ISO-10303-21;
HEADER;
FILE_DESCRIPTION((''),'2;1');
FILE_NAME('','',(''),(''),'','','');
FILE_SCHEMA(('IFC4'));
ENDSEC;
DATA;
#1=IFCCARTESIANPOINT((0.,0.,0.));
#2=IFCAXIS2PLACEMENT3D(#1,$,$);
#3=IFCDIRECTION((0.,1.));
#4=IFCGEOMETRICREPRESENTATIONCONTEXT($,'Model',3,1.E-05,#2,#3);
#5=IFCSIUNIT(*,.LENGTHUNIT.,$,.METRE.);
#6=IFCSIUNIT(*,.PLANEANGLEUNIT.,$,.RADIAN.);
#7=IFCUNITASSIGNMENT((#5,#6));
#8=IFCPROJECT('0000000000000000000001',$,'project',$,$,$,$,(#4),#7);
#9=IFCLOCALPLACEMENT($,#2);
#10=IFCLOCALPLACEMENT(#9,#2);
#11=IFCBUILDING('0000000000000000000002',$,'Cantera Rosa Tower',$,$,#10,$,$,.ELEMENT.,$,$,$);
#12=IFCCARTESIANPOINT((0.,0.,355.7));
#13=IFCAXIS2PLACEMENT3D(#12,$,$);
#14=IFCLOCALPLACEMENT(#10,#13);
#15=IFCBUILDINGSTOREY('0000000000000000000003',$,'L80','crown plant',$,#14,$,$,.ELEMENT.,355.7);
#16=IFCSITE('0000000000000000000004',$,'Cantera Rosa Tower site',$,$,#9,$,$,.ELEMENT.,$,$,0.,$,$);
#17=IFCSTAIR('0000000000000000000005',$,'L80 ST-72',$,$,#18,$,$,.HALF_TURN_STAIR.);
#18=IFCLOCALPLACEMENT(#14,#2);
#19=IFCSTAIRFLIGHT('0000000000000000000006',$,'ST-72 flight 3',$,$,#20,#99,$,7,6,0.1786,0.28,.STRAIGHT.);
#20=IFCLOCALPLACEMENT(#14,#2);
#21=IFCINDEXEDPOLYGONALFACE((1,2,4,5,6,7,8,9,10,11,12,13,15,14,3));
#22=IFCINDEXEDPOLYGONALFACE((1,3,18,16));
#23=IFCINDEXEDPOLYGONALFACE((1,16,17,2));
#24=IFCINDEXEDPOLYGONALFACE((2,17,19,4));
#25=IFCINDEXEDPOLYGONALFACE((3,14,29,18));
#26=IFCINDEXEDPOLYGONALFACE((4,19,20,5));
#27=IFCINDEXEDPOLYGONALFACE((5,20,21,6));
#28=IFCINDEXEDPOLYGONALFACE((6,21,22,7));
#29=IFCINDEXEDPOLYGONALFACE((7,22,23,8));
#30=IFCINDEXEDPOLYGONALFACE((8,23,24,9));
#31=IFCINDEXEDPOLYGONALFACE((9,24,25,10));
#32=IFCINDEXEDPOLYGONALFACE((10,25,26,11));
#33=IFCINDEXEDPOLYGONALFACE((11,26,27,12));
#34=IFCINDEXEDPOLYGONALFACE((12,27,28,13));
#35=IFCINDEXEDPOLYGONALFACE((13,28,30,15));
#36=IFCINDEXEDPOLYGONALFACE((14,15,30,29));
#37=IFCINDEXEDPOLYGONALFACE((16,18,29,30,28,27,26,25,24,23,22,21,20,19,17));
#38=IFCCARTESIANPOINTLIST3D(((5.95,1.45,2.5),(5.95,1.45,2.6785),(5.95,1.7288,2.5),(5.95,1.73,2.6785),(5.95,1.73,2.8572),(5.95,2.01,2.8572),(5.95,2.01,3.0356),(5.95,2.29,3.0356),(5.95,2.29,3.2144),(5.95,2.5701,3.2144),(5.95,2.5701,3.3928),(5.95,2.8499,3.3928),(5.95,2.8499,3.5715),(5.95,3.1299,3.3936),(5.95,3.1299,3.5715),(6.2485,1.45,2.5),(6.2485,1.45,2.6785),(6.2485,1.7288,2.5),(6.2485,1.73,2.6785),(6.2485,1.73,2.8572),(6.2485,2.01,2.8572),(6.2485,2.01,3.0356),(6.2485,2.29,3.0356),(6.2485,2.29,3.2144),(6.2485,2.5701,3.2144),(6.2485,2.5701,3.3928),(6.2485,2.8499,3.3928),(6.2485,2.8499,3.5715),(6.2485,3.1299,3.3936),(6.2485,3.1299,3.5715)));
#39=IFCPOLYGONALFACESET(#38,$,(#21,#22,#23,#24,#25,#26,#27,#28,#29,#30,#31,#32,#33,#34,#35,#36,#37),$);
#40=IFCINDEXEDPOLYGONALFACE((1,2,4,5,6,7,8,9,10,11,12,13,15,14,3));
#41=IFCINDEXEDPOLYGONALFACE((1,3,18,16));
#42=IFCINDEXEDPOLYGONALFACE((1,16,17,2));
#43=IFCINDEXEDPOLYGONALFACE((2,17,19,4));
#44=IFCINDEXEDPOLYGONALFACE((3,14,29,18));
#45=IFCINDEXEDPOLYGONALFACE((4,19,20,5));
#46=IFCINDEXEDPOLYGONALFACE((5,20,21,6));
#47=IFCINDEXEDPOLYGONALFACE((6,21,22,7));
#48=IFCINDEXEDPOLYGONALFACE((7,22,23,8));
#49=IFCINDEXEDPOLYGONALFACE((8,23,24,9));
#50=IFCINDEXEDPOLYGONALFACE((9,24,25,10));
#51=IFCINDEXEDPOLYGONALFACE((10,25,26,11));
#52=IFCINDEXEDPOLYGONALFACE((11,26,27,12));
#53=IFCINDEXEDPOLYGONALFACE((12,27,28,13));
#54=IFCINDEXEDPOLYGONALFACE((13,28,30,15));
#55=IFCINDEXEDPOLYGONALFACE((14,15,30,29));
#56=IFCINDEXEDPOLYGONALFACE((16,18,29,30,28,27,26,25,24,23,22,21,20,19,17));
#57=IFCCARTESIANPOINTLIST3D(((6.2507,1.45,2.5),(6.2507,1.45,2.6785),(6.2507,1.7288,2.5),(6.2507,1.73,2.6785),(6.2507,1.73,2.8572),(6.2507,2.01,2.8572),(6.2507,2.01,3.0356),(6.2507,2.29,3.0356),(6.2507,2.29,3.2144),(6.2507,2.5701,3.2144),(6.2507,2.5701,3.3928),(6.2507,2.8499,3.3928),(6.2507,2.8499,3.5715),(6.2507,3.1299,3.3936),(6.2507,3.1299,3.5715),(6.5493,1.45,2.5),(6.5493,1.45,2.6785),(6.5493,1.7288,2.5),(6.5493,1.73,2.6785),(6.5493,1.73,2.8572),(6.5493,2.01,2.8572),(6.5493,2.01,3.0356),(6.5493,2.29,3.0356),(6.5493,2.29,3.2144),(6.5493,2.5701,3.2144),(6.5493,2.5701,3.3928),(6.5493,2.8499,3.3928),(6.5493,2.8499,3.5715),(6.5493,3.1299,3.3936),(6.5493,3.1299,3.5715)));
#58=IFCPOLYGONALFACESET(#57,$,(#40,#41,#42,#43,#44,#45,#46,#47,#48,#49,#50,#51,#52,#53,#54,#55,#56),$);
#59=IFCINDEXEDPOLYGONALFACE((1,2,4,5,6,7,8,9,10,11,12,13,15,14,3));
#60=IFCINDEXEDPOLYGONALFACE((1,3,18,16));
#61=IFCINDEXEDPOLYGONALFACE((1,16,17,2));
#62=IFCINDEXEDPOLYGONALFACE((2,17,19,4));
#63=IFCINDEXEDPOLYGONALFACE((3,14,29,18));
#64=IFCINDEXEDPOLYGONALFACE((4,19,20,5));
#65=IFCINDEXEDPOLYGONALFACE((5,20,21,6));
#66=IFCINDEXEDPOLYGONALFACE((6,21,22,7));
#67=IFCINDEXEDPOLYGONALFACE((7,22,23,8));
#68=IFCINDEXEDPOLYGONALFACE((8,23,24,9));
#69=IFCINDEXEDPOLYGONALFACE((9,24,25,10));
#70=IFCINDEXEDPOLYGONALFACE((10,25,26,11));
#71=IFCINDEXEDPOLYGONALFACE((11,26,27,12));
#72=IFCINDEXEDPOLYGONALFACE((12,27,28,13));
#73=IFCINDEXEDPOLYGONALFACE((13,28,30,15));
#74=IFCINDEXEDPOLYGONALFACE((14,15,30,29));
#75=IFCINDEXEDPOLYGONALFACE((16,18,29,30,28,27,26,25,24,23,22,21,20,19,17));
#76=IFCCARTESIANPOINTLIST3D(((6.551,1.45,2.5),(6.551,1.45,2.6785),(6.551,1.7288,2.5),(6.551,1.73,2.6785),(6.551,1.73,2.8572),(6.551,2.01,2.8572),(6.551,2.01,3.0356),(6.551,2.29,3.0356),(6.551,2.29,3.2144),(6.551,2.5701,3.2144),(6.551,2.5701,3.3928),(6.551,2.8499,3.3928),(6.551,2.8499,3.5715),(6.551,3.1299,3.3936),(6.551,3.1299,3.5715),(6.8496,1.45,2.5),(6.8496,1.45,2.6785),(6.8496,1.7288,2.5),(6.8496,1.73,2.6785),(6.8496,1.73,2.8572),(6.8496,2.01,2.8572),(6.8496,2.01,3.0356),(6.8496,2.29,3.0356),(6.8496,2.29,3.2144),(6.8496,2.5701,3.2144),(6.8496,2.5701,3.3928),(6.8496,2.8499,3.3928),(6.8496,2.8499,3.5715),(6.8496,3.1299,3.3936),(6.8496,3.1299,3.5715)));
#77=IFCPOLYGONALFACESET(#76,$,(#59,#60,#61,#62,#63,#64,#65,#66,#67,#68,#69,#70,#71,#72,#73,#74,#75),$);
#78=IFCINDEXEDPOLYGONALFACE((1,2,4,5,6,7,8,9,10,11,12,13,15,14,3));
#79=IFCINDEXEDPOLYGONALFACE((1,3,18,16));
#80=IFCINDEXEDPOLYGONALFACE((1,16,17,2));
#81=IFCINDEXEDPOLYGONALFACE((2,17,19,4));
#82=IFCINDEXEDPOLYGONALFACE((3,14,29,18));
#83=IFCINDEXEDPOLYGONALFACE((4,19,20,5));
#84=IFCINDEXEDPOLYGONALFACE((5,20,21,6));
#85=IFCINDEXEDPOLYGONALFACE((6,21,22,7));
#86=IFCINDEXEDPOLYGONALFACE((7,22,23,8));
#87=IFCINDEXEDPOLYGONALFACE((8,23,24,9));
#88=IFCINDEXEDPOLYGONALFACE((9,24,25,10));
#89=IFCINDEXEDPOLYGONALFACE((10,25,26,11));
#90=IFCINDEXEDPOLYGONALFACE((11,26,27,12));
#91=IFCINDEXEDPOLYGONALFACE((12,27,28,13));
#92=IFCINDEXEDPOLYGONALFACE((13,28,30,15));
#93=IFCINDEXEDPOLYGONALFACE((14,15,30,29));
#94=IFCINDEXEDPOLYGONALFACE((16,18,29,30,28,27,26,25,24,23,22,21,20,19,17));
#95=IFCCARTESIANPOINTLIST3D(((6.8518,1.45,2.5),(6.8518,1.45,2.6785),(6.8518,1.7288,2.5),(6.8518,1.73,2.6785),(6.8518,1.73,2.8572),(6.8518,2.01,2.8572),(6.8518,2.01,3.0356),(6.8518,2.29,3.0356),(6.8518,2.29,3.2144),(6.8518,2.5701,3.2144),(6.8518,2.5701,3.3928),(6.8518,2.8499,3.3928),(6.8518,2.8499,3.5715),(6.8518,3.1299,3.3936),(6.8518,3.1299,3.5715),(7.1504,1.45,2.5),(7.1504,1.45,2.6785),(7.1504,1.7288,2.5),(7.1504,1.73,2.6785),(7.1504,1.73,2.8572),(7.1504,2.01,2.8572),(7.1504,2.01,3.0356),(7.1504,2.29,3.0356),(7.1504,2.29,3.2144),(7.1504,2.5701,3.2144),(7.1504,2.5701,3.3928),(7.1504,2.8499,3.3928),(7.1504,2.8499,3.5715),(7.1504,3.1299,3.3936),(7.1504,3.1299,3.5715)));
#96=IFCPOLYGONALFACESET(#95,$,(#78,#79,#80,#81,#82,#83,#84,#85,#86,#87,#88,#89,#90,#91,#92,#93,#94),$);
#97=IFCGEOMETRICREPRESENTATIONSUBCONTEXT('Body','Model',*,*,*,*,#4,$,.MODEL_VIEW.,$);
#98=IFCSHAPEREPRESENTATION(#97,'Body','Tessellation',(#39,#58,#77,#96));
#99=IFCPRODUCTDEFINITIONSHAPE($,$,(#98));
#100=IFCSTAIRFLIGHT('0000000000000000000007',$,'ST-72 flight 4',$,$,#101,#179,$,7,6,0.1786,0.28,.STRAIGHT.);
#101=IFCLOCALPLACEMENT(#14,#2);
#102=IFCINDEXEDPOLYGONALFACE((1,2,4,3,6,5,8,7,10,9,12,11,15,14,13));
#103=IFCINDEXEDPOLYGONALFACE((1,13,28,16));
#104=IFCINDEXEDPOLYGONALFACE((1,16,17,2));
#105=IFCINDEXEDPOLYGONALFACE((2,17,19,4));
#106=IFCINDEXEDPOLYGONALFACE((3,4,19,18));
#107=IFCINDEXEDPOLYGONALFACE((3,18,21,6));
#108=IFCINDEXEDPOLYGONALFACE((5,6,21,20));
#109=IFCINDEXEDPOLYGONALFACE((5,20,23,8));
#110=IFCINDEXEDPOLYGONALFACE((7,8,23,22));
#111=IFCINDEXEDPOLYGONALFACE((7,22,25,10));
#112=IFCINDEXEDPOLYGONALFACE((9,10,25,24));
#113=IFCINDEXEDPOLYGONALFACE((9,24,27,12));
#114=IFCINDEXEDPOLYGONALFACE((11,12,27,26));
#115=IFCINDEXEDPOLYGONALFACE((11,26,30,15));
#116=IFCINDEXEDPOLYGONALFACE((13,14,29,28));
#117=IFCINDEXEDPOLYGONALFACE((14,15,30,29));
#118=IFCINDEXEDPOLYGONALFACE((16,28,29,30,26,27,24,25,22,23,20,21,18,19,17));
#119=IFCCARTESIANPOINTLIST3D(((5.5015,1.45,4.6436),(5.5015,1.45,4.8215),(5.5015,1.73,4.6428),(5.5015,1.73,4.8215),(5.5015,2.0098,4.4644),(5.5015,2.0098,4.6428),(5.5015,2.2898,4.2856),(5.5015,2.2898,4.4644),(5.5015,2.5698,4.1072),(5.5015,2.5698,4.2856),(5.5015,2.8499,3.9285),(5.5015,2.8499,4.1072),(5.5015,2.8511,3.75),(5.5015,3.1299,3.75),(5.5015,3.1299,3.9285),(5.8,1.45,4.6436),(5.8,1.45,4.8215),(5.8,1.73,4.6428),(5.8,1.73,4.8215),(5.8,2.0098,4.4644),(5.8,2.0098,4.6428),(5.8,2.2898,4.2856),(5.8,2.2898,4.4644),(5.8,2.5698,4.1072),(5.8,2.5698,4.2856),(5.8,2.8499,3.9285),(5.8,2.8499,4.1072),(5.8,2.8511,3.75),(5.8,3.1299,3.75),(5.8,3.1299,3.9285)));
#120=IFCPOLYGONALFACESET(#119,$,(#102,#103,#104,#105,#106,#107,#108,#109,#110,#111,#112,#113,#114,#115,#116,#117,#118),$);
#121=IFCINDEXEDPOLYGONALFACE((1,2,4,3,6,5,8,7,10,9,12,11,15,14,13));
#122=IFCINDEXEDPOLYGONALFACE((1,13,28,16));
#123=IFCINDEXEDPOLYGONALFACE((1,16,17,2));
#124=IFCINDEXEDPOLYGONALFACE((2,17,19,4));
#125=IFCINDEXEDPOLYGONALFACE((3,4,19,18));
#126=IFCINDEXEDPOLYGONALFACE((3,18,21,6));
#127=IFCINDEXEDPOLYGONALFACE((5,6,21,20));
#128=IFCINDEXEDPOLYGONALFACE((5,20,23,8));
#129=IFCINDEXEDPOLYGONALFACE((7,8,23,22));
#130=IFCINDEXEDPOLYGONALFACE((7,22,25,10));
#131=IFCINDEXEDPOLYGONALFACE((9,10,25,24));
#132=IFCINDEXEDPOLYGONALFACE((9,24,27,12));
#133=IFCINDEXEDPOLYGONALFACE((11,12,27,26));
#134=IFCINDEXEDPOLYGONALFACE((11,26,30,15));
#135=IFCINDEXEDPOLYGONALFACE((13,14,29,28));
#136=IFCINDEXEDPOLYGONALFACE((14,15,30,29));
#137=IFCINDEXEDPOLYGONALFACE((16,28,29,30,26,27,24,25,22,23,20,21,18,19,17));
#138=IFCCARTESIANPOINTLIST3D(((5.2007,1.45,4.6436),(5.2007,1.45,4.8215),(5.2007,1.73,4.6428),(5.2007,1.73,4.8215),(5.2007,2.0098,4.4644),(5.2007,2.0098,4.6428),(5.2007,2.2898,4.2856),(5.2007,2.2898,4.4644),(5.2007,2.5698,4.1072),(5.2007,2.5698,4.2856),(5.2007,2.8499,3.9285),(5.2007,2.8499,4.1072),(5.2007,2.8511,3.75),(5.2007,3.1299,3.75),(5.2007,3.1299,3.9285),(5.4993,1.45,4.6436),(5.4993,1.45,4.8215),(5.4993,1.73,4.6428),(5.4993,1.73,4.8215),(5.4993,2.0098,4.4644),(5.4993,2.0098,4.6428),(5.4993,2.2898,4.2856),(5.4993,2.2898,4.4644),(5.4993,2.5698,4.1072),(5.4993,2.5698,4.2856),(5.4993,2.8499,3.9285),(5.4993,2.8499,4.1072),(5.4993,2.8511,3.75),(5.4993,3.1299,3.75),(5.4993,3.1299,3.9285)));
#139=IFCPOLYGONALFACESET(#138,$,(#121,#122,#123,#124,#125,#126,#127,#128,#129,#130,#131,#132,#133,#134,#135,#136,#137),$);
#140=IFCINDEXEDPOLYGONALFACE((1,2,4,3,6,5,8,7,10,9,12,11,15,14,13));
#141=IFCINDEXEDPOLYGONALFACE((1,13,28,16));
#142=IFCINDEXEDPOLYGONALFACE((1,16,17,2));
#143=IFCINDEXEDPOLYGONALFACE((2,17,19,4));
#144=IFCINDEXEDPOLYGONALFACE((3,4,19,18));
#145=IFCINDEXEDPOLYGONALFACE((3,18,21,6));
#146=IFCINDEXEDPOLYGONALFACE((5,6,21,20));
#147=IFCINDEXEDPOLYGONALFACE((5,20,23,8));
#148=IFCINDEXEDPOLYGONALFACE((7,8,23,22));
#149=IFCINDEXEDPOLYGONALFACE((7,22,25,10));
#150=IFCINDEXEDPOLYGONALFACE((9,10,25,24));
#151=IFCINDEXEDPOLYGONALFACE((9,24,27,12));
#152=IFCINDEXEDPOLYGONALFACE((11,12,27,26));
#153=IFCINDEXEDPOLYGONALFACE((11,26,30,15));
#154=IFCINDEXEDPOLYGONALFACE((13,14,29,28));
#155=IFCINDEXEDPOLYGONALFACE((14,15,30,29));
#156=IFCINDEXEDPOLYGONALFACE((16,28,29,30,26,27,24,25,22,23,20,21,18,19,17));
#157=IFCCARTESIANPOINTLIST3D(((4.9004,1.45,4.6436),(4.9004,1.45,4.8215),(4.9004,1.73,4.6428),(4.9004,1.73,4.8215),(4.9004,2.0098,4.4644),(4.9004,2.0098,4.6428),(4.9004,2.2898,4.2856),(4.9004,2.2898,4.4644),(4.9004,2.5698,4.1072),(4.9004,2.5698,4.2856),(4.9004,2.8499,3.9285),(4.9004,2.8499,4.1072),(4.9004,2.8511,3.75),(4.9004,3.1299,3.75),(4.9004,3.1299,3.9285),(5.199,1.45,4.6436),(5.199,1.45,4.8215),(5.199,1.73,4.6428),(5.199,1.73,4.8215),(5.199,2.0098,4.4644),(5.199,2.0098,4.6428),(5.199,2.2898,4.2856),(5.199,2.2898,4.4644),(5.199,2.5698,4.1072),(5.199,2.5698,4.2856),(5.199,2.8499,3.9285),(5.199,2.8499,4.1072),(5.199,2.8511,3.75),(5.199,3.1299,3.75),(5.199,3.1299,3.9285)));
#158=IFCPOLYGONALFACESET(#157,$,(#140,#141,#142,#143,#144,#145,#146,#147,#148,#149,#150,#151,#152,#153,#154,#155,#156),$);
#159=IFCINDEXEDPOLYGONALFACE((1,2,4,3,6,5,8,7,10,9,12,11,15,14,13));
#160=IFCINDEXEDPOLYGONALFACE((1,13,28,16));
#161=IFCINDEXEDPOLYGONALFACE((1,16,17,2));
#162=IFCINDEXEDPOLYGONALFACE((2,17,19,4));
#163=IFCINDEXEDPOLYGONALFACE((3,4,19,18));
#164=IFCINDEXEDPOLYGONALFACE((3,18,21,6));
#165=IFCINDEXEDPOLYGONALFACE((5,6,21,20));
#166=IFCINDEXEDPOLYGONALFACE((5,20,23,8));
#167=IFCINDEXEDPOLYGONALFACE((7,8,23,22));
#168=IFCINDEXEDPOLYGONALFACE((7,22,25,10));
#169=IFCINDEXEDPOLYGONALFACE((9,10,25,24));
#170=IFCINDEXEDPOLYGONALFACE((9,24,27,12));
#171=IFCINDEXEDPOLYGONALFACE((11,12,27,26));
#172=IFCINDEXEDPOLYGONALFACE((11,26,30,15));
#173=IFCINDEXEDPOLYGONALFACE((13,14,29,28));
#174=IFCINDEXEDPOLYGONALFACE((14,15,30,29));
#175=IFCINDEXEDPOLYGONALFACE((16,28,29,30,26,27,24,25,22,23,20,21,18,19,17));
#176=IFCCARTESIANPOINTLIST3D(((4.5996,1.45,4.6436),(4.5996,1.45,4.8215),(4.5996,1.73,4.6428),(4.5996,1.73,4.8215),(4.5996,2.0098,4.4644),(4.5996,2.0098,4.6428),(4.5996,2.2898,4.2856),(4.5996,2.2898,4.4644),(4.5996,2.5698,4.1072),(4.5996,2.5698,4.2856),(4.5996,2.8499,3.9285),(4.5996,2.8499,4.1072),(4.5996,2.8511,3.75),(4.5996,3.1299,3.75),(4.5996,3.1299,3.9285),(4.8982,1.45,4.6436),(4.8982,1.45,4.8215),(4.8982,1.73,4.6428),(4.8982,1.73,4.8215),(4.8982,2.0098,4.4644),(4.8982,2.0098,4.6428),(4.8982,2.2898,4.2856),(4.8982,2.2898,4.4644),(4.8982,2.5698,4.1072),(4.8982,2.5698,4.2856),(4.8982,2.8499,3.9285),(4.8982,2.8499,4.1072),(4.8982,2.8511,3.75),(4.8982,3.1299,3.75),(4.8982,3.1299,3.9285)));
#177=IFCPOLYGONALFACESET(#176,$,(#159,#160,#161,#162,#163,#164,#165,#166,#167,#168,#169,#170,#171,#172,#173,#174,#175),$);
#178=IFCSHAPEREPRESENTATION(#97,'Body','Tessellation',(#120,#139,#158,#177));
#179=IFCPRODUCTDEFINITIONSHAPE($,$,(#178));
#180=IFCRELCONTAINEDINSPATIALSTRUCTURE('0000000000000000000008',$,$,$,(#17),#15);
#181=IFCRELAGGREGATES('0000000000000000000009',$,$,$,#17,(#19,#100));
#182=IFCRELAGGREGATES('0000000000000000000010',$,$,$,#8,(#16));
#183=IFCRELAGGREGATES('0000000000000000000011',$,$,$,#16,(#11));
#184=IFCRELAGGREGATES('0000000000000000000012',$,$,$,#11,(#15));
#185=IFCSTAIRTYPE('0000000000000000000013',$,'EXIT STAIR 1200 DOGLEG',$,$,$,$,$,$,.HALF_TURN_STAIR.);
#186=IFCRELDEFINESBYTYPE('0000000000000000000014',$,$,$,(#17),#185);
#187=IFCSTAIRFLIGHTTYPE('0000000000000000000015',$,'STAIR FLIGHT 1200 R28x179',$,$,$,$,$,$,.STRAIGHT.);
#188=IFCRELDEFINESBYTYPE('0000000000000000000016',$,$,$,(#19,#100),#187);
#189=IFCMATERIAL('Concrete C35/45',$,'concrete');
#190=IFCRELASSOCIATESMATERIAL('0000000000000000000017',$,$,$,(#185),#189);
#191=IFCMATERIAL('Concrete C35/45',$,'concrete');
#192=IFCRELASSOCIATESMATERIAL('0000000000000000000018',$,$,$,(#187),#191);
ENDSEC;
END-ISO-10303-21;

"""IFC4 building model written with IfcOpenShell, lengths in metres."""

from ifc_helpers import new_model, si_unit, direction, frame, origin, place, context, subcontext, project, spatial, polyline, outline, extrude, material, type_object, element, aggregate, save


model = new_model("IFC4")

# Units and contexts
model_context = context("Model", 3, precision=1e-05, world=origin(), true_north=direction((0.0, 1.0)))
body_context = subcontext(model_context, "Body", "Model", "MODEL_VIEW")
ifc_project = project(units=[si_unit("LENGTHUNIT", "METRE"), si_unit("PLANEANGLEUNIT", "RADIAN")], contexts=[model_context])

# Site, building, storey
site_placement = place(None, origin())
site = spatial("IfcSite", under=ifc_project, at=site_placement, Name="Cantera Rosa Tower site", CompositionType="ELEMENT", RefElevation=0.0)
building_placement = place(site_placement, origin())
building = spatial("IfcBuilding", under=site, at=building_placement, Name="Cantera Rosa Tower", CompositionType="ELEMENT")
storey_placement = place(building_placement, frame((0.0, 0.0, 355.7)))
storey = spatial("IfcBuildingStorey", under=building, at=storey_placement, Name="L80", Description="crown plant", CompositionType="ELEMENT", Elevation=355.7)

# Stair, stair flights
ifc_material_1 = material(Name="Concrete C35/45", Category="concrete")
stair_type = type_object("IfcStairType", Name="EXIT STAIR 1200 DOGLEG", PredefinedType="HALF_TURN_STAIR", material=ifc_material_1)
stair_placement = place(storey_placement, origin())
stair = element("IfcStair", 1, at=stair_placement, inside=storey, type_object=stair_type, Name="L80 ST-72", PredefinedType="HALF_TURN_STAIR")
ifc_material_2 = material(Name="Concrete C35/45", Category="concrete")
stair_flight_type = type_object("IfcStairFlightType", Name="STAIR FLIGHT 1200 R28x179", PredefinedType="STRAIGHT", material=ifc_material_2)
stair_flight_1_placement = place(storey_placement, frame((6.55, 1.45, 2.5), z_axis=(0.0, 0.0, 1.0), x_axis=(0.0, 1.0, 0.0)))
stair_flight_1 = element("IfcStairFlight", 2, at=stair_flight_1_placement, type_object=stair_flight_type, Name="ST-72 flight 3", NumberOfRisers=7, NumberOfTreads=6, PredefinedType="STRAIGHT", RiserHeight=0.1786, TreadLength=0.28, context=body_context, shape_type="SweptSolid", body=[
    extrude(outline(polyline([(0.0, 0.0), (0.0, 0.1785), (0.28, 0.1785), (0.28, 0.3572), (0.5601, 0.3572), (0.5601, 0.5356), (0.8401, 0.5356), (0.8401, 0.7144), (1.1201, 0.7144), (1.1201, 0.8928), (1.3999, 0.8928), (1.3999, 1.0715), (1.6799, 1.0715), (1.6799, 1.25), (1.6799, 0.8936), (0.2788, 0.0), (0.0, 0.0)])), frame((0.0, 0.6001, 0.0), z_axis=(0.0, -1.0, 0.0), x_axis=(1.0, 0.0, 0.0)), (0.0, 0.0, 1.0), 0.2986),
    extrude(outline(polyline([(0.0, 0.0), (0.0, 0.1785), (0.28, 0.1785), (0.28, 0.3572), (0.5601, 0.3572), (0.5601, 0.5356), (0.8401, 0.5356), (0.8401, 0.7144), (1.1201, 0.7144), (1.1201, 0.8928), (1.3999, 0.8928), (1.3999, 1.0715), (1.6799, 1.0715), (1.6799, 1.25), (1.6799, 0.8936), (0.2788, 0.0), (0.0, 0.0)])), frame((0.0, 0.2993, 0.0), z_axis=(0.0, -1.0, 0.0), x_axis=(1.0, 0.0, 0.0)), (0.0, 0.0, 1.0), 0.2986),
    extrude(outline(polyline([(0.0, 0.0), (0.0, 0.1785), (0.28, 0.1785), (0.28, 0.3572), (0.5601, 0.3572), (0.5601, 0.5356), (0.8401, 0.5356), (0.8401, 0.7144), (1.1201, 0.7144), (1.1201, 0.8928), (1.3999, 0.8928), (1.3999, 1.0715), (1.6799, 1.0715), (1.6799, 1.25), (1.6799, 0.8936), (0.2788, 0.0), (0.0, 0.0)])), frame((0.0, -0.001, 0.0), z_axis=(0.0, -1.0, 0.0), x_axis=(1.0, 0.0, 0.0)), (0.0, 0.0, 1.0), 0.2986),
    extrude(outline(polyline([(0.0, 0.0), (0.0, 0.1785), (0.28, 0.1785), (0.28, 0.3572), (0.5601, 0.3572), (0.5601, 0.5356), (0.8401, 0.5356), (0.8401, 0.7144), (1.1201, 0.7144), (1.1201, 0.8928), (1.3999, 0.8928), (1.3999, 1.0715), (1.6799, 1.0715), (1.6799, 1.25), (1.6799, 0.8936), (0.2788, 0.0), (0.0, 0.0)])), frame((0.0, -0.3018, 0.0), z_axis=(0.0, -1.0, 0.0), x_axis=(1.0, 0.0, 0.0)), (0.0, 0.0, 1.0), 0.2986),
])
stair_flight_2_placement = place(storey_placement, frame((5.2, 3.1299, 3.75), z_axis=(0.0, 0.0, 1.0), x_axis=(0.0, -1.0, 0.0)))
stair_flight_2 = element("IfcStairFlight", 3, at=stair_flight_2_placement, type_object=stair_flight_type, Name="ST-72 flight 4", NumberOfRisers=7, NumberOfTreads=6, PredefinedType="STRAIGHT", RiserHeight=0.1786, TreadLength=0.28, context=body_context, shape_type="SweptSolid", body=[
    extrude(outline(polyline([(0.0, 0.0), (0.0, 0.1785), (0.28, 0.1785), (0.28, 0.3572), (0.5601, 0.3572), (0.5601, 0.5356), (0.8401, 0.5356), (0.8401, 0.7144), (1.1201, 0.7144), (1.1201, 0.8928), (1.3999, 0.8928), (1.3999, 1.0715), (1.6799, 1.0715), (1.6799, 1.25), (1.6799, 0.8936), (0.2788, 0.0), (0.0, 0.0)])), frame((0.0, 0.6001, 0.0), z_axis=(0.0, -1.0, 0.0), x_axis=(1.0, 0.0, 0.0)), (0.0, 0.0, 1.0), 0.2986),
    extrude(outline(polyline([(0.0, 0.0), (0.0, 0.1785), (0.28, 0.1785), (0.28, 0.3572), (0.5601, 0.3572), (0.5601, 0.5356), (0.8401, 0.5356), (0.8401, 0.7144), (1.1201, 0.7144), (1.1201, 0.8928), (1.3999, 0.8928), (1.3999, 1.0715), (1.6799, 1.0715), (1.6799, 1.25), (1.6799, 0.8936), (0.2788, 0.0), (0.0, 0.0)])), frame((0.0, 0.2993, 0.0), z_axis=(0.0, -1.0, 0.0), x_axis=(1.0, 0.0, 0.0)), (0.0, 0.0, 1.0), 0.2986),
    extrude(outline(polyline([(0.0, 0.0), (0.0, 0.1785), (0.28, 0.1785), (0.28, 0.3572), (0.5601, 0.3572), (0.5601, 0.5356), (0.8401, 0.5356), (0.8401, 0.7144), (1.1201, 0.7144), (1.1201, 0.8928), (1.3999, 0.8928), (1.3999, 1.0715), (1.6799, 1.0715), (1.6799, 1.25), (1.6799, 0.8936), (0.2788, 0.0), (0.0, 0.0)])), frame((0.0, -0.001, 0.0), z_axis=(0.0, -1.0, 0.0), x_axis=(1.0, 0.0, 0.0)), (0.0, 0.0, 1.0), 0.2986),
    extrude(outline(polyline([(0.0, 0.0), (0.0, 0.1785), (0.28, 0.1785), (0.28, 0.3572), (0.5601, 0.3572), (0.5601, 0.5356), (0.8401, 0.5356), (0.8401, 0.7144), (1.1201, 0.7144), (1.1201, 0.8928), (1.3999, 0.8928), (1.3999, 1.0715), (1.6799, 1.0715), (1.6799, 1.25), (1.6799, 0.8936), (0.2788, 0.0), (0.0, 0.0)])), frame((0.0, -0.3018, 0.0), z_axis=(0.0, -1.0, 0.0), x_axis=(1.0, 0.0, 0.0)), (0.0, 0.0, 1.0), 0.2986),
])
aggregate(stair, [stair_flight_1, stair_flight_2])

save(model, "model.ifc")
